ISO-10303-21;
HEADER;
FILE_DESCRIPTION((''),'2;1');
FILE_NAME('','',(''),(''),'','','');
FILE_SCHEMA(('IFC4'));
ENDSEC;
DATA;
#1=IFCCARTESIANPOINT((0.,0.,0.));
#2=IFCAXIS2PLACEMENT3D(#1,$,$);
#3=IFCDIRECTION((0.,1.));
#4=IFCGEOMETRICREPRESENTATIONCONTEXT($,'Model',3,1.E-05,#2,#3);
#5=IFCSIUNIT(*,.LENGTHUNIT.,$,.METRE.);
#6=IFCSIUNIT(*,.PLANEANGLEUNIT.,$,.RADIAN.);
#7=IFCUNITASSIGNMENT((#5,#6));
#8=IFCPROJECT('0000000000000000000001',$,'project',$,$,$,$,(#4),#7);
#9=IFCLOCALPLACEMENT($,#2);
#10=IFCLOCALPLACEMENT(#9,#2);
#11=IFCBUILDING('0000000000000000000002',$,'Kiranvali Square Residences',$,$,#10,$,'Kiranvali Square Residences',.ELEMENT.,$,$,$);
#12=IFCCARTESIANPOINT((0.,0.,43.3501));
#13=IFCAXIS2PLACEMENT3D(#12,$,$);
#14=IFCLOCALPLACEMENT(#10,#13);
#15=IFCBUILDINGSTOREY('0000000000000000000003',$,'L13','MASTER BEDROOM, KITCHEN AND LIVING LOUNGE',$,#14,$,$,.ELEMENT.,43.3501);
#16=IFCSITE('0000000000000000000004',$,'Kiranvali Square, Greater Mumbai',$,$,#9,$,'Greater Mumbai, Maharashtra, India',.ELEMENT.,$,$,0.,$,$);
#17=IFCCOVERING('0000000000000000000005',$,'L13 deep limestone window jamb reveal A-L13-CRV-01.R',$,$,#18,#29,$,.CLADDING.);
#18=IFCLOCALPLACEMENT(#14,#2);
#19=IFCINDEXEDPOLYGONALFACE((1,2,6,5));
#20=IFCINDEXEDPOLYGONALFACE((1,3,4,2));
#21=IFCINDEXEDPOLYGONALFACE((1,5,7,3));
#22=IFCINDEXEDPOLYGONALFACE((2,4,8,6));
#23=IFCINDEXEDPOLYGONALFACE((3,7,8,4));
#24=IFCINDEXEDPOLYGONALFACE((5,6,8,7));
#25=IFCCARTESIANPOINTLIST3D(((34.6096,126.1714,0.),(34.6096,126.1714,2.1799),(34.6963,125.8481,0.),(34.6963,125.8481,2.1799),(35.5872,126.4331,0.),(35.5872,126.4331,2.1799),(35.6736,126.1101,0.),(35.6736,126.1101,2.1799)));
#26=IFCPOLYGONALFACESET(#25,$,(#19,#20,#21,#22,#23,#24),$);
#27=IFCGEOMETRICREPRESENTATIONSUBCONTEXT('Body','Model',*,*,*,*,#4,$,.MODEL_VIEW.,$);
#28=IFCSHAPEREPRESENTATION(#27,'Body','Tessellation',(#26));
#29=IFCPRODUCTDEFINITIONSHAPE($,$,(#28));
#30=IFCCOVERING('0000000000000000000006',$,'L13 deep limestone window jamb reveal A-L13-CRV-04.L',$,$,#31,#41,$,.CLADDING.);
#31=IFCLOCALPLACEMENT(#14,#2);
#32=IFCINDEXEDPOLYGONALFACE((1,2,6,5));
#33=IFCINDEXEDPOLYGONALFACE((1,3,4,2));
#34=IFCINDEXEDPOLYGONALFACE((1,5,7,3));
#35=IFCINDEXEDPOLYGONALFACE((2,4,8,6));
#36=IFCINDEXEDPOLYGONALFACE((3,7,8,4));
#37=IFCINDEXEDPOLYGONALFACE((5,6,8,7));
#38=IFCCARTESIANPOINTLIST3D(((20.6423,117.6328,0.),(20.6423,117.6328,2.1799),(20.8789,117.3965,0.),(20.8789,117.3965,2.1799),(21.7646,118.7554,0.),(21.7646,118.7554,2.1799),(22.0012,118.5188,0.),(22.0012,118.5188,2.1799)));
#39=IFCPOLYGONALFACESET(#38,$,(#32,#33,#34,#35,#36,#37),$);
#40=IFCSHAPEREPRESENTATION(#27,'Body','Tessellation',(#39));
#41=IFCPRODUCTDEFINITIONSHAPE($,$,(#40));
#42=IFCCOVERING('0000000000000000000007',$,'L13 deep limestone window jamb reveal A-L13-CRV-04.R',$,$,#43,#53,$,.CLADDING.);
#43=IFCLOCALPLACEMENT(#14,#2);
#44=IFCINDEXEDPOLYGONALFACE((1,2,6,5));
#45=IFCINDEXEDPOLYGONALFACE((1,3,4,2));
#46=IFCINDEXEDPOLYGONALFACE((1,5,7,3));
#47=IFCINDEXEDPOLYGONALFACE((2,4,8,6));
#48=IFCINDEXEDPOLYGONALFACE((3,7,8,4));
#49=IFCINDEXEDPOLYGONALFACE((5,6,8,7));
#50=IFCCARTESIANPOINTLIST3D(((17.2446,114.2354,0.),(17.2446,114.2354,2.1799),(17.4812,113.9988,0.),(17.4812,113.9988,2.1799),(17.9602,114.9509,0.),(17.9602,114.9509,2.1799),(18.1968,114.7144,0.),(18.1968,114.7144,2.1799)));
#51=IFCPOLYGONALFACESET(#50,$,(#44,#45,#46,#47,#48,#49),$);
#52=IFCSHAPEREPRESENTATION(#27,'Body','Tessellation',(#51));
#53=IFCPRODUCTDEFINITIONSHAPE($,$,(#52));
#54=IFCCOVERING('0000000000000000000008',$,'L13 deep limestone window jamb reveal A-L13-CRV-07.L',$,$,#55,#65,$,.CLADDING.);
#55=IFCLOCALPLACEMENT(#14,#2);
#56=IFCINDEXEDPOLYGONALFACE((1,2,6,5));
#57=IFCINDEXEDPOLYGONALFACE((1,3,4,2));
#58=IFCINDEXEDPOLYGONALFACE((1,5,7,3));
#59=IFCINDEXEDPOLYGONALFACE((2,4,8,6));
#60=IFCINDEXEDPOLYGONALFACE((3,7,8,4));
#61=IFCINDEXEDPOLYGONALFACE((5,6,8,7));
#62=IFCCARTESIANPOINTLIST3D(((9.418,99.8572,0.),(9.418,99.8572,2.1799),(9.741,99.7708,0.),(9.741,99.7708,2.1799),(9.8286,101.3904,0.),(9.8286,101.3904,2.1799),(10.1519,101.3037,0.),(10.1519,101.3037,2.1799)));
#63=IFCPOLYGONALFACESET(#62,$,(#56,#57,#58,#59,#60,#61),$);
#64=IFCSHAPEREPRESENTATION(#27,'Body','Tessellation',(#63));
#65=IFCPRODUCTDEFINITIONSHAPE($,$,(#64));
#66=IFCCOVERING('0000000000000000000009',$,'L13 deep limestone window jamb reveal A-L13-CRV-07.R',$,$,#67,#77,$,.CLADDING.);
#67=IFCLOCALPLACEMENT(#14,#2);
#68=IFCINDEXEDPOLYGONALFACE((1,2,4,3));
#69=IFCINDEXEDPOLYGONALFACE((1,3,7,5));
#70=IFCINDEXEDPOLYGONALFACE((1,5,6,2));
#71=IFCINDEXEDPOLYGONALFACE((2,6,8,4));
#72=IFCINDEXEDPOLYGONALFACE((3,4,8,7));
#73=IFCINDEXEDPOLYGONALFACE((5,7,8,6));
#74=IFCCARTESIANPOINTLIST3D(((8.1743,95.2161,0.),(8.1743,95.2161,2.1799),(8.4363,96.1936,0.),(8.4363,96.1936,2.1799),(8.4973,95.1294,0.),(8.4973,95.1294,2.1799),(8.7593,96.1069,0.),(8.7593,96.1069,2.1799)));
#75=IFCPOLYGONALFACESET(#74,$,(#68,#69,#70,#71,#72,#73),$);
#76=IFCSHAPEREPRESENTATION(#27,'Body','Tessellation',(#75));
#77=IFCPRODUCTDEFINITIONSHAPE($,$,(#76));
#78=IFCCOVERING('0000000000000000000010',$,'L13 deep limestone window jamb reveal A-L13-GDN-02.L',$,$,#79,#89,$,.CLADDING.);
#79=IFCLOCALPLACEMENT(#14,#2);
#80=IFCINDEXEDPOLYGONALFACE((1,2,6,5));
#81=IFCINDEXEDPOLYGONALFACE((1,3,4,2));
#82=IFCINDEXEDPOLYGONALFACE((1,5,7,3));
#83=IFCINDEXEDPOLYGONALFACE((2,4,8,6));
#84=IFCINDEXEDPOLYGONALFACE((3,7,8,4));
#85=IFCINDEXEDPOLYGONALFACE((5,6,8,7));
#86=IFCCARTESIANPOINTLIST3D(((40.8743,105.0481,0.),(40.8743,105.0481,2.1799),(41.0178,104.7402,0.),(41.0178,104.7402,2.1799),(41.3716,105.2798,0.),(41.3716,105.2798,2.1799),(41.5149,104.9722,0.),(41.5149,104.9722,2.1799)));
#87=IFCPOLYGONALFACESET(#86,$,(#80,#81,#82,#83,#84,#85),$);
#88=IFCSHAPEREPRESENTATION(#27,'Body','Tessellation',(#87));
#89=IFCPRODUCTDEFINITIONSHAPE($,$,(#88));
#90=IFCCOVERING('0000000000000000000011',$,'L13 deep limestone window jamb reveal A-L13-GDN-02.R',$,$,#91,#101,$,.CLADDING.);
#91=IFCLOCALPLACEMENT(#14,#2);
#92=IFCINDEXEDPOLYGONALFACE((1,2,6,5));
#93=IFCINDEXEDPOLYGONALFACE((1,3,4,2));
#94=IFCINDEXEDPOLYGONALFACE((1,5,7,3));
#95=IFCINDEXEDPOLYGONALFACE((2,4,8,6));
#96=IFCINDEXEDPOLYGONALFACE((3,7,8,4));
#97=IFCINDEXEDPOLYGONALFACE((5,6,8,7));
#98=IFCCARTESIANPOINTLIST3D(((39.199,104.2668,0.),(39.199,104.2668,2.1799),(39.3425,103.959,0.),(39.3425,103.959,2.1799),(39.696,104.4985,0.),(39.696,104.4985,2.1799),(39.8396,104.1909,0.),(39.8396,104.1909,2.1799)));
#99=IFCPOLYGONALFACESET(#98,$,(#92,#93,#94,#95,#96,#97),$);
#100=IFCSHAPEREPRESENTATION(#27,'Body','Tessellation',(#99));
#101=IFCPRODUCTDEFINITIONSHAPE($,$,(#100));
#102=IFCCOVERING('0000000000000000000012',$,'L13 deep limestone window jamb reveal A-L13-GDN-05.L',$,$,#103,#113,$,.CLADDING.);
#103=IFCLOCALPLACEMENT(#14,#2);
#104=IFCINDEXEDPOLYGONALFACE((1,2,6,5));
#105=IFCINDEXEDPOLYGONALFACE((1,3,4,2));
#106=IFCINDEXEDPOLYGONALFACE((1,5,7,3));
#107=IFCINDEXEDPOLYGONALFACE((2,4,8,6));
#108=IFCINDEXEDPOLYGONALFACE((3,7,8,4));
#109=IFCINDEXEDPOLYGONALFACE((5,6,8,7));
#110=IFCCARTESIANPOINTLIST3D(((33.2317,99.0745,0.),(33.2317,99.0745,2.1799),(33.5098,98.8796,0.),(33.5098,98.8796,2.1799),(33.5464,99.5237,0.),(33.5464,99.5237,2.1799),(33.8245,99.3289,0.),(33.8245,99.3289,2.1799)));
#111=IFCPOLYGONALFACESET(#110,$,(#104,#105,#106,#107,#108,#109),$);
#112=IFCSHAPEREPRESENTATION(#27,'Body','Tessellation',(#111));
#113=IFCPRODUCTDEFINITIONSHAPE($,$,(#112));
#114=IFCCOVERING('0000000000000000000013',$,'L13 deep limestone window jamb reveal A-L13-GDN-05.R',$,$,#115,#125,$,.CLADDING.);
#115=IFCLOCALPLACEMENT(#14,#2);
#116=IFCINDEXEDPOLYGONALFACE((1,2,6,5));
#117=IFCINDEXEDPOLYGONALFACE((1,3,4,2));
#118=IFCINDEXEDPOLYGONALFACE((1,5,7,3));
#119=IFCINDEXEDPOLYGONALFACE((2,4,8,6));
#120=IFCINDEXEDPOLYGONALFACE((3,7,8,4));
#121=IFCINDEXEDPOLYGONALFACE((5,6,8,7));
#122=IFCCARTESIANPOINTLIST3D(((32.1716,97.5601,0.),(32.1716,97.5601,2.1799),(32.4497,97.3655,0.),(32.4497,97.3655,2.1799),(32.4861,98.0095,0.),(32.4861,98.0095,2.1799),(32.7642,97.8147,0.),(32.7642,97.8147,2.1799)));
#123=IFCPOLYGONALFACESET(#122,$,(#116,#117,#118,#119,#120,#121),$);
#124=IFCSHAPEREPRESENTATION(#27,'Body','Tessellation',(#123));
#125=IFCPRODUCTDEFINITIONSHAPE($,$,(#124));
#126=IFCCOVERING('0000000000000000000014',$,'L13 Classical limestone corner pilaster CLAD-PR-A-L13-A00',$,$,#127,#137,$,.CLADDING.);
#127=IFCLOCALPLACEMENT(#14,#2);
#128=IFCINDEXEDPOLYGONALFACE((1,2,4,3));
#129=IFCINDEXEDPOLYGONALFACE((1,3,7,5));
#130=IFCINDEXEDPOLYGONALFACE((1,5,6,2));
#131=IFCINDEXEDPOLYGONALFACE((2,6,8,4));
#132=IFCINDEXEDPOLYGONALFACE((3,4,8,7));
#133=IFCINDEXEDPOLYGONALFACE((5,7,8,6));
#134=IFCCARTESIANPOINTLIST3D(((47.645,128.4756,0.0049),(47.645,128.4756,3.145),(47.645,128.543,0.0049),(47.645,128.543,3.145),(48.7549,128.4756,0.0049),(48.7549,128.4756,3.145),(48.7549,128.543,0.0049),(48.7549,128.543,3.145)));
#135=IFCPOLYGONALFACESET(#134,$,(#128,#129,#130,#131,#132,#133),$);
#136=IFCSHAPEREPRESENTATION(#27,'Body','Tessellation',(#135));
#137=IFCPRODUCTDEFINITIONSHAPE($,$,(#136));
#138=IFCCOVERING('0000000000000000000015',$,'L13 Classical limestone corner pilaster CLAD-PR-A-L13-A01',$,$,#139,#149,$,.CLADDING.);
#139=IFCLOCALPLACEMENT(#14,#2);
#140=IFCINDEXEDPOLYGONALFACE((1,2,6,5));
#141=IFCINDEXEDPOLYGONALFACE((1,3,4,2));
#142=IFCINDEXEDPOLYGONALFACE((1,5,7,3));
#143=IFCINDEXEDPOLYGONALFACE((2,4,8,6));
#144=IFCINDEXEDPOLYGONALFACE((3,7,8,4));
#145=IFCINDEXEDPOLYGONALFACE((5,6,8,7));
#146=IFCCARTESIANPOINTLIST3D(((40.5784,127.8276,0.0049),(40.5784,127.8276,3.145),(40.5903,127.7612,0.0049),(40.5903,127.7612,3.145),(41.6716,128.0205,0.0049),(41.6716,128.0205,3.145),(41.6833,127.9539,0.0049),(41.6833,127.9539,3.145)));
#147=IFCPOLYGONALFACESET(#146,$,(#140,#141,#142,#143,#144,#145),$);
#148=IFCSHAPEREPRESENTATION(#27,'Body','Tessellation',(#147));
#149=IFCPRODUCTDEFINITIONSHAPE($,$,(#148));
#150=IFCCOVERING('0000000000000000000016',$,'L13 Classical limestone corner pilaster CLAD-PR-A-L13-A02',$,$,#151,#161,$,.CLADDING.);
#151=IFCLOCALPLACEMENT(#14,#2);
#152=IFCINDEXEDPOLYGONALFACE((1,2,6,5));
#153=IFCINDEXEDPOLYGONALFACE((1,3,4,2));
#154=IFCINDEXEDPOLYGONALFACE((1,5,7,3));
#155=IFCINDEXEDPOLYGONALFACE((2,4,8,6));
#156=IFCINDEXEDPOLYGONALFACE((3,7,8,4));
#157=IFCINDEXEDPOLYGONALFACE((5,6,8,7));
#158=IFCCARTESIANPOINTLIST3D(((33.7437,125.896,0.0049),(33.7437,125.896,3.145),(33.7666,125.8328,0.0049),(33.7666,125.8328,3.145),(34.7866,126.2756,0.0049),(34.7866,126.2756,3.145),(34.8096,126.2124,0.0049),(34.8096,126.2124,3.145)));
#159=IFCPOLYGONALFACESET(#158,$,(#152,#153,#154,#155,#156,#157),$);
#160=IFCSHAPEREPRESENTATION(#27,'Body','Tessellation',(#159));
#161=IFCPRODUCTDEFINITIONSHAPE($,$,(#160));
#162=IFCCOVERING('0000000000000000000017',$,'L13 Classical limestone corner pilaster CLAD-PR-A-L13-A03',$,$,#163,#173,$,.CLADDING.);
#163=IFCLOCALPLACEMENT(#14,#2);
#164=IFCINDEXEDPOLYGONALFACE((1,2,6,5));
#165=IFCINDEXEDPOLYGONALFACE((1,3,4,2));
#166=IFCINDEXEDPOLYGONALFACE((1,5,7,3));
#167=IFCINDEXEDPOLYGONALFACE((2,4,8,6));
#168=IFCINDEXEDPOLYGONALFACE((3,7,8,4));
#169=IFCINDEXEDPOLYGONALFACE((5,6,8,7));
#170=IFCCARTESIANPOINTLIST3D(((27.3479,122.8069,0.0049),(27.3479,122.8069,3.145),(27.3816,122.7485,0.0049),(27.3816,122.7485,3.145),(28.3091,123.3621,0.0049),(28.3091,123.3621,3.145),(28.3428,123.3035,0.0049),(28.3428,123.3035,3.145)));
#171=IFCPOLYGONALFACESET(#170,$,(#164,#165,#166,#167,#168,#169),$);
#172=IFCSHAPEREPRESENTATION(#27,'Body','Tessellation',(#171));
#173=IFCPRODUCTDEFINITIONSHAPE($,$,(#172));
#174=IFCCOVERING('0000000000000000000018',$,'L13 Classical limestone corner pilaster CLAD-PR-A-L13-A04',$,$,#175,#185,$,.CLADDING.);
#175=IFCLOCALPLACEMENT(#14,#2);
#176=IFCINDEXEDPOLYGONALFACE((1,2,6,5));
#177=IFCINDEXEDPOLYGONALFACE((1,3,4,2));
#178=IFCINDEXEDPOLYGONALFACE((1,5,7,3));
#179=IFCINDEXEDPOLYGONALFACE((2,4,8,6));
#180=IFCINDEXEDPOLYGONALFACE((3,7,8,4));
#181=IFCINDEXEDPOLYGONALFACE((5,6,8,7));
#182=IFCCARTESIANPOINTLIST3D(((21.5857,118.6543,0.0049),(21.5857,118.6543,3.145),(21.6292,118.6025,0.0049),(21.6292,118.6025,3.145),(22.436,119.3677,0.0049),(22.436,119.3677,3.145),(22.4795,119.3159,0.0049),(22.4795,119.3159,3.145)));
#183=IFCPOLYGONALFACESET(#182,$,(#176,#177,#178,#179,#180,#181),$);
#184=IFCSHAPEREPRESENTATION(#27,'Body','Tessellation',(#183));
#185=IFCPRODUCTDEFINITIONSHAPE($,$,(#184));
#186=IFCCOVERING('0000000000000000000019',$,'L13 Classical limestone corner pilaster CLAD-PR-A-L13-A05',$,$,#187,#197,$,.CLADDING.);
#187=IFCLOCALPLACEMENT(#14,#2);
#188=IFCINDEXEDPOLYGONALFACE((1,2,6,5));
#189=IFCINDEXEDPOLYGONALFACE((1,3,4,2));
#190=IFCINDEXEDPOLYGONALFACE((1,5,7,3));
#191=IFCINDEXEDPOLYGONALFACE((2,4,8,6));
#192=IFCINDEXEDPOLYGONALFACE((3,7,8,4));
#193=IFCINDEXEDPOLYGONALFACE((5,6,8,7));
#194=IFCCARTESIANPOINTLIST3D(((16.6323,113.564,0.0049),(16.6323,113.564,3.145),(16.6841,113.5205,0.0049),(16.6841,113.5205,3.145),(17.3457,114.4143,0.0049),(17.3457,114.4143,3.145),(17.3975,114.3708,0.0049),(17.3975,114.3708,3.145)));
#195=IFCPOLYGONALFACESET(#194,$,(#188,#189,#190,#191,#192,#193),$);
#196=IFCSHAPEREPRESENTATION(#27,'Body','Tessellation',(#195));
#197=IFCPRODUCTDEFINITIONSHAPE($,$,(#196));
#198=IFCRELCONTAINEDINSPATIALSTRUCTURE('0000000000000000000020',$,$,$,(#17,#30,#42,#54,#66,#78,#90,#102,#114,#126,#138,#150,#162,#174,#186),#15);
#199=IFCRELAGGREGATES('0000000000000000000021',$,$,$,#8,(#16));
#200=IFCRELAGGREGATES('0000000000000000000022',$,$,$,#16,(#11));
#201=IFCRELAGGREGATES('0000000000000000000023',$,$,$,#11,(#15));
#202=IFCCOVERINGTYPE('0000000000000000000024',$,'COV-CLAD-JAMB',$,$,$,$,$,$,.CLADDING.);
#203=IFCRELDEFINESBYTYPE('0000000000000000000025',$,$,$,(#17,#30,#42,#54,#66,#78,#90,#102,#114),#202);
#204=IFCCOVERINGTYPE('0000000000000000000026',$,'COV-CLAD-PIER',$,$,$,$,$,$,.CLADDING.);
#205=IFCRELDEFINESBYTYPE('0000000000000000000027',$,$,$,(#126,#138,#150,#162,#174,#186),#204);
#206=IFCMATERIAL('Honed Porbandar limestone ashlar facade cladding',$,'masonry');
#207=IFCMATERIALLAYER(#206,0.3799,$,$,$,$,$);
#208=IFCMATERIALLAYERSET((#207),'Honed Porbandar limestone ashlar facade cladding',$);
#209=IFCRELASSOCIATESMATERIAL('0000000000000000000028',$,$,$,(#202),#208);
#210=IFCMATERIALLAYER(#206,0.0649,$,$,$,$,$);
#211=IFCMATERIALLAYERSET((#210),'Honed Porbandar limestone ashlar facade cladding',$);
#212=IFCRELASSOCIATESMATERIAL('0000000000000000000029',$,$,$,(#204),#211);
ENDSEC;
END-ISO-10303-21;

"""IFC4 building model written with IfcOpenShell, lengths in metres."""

from ifc_helpers import new_model, si_unit, direction, frame, origin, place, context, subcontext, project, spatial, polyline, outline, extrude, material, layer, layer_set, type_object, element, save


model = new_model("IFC4")

# Units and contexts
model_context = context("Model", 3, precision=1e-05, world=origin(), true_north=direction((0.0, 1.0)))
body_context = subcontext(model_context, "Body", "Model", "MODEL_VIEW")
ifc_project = project(units=[si_unit("LENGTHUNIT", "METRE"), si_unit("PLANEANGLEUNIT", "RADIAN")], contexts=[model_context])

# Site, building, storey
site_placement = place(None, origin())
site = spatial("IfcSite", under=ifc_project, at=site_placement, Name="Kiranvali Square, Greater Mumbai", LongName="Greater Mumbai, Maharashtra, India", CompositionType="ELEMENT", RefElevation=0.0)
building_placement = place(site_placement, origin())
building = spatial("IfcBuilding", under=site, at=building_placement, Name="Kiranvali Square Residences", LongName="Kiranvali Square Residences", CompositionType="ELEMENT")
storey_placement = place(building_placement, frame((0.0, 0.0, 43.3501)))
storey = spatial("IfcBuildingStorey", under=building, at=storey_placement, Name="L13", Description="MASTER BEDROOM, KITCHEN AND LIVING LOUNGE", CompositionType="ELEMENT", Elevation=43.3501)

# Coverings
ifc_material_1 = material(Name="Honed Porbandar limestone ashlar facade cladding", Category="masonry")
ifc_layer_1 = layer(ifc_material_1, 0.3799)
ifc_layer_set_1 = layer_set([ifc_layer_1], Name="Honed Porbandar limestone ashlar facade cladding")
covering_type_1 = type_object("IfcCoveringType", Name="COV-CLAD-JAMB", PredefinedType="CLADDING", material=ifc_layer_set_1)
covering_1_placement = place(storey_placement, origin())
element("IfcCovering", 1, at=covering_1_placement, inside=storey, type_object=covering_type_1, Name="L13 deep limestone window jamb reveal A-L13-CRV-01.R", PredefinedType="CLADDING", context=body_context, shape_type="SweptSolid", body=[
    extrude(outline(polyline([(35.5872, 126.4331), (34.6096, 126.1714), (34.6963, 125.8481), (35.6736, 126.1101), (35.5872, 126.4331)])), origin(), (0.0, 0.0, 1.0), 2.1799),
])
covering_2_placement = place(storey_placement, origin())
element("IfcCovering", 2, at=covering_2_placement, inside=storey, type_object=covering_type_1, Name="L13 deep limestone window jamb reveal A-L13-CRV-04.L", PredefinedType="CLADDING", context=body_context, shape_type="SweptSolid", body=[
    extrude(outline(polyline([(21.7646, 118.7554), (20.6423, 117.6328), (20.8789, 117.3965), (22.0012, 118.5188), (21.7646, 118.7554)])), origin(), (0.0, 0.0, 1.0), 2.1799),
])
covering_3_placement = place(storey_placement, origin())
element("IfcCovering", 3, at=covering_3_placement, inside=storey, type_object=covering_type_1, Name="L13 deep limestone window jamb reveal A-L13-CRV-04.R", PredefinedType="CLADDING", context=body_context, shape_type="SweptSolid", body=[
    extrude(outline(polyline([(17.9602, 114.9509), (17.2446, 114.2354), (17.4812, 113.9988), (18.1968, 114.7144), (17.9602, 114.9509)])), origin(), (0.0, 0.0, 1.0), 2.1799),
])
covering_4_placement = place(storey_placement, origin())
element("IfcCovering", 4, at=covering_4_placement, inside=storey, type_object=covering_type_1, Name="L13 deep limestone window jamb reveal A-L13-CRV-07.L", PredefinedType="CLADDING", context=body_context, shape_type="SweptSolid", body=[
    extrude(outline(polyline([(9.8286, 101.3904), (9.418, 99.8572), (9.741, 99.7708), (10.1519, 101.3037), (9.8286, 101.3904)])), origin(), (0.0, 0.0, 1.0), 2.1799),
])
covering_5_placement = place(storey_placement, origin())
element("IfcCovering", 5, at=covering_5_placement, inside=storey, type_object=covering_type_1, Name="L13 deep limestone window jamb reveal A-L13-CRV-07.R", PredefinedType="CLADDING", context=body_context, shape_type="SweptSolid", body=[
    extrude(outline(polyline([(8.4363, 96.1936), (8.1743, 95.2161), (8.4973, 95.1294), (8.7593, 96.1069), (8.4363, 96.1936)])), origin(), (0.0, 0.0, 1.0), 2.1799),
])
covering_6_placement = place(storey_placement, origin())
element("IfcCovering", 6, at=covering_6_placement, inside=storey, type_object=covering_type_1, Name="L13 deep limestone window jamb reveal A-L13-GDN-02.L", PredefinedType="CLADDING", context=body_context, shape_type="SweptSolid", body=[
    extrude(outline(polyline([(41.3716, 105.2798), (40.8743, 105.0481), (41.0178, 104.7402), (41.5149, 104.9722), (41.3716, 105.2798)])), origin(), (0.0, 0.0, 1.0), 2.1799),
])
covering_7_placement = place(storey_placement, origin())
element("IfcCovering", 7, at=covering_7_placement, inside=storey, type_object=covering_type_1, Name="L13 deep limestone window jamb reveal A-L13-GDN-02.R", PredefinedType="CLADDING", context=body_context, shape_type="SweptSolid", body=[
    extrude(outline(polyline([(39.696, 104.4985), (39.199, 104.2668), (39.3425, 103.959), (39.8396, 104.1909), (39.696, 104.4985)])), origin(), (0.0, 0.0, 1.0), 2.1799),
])
covering_8_placement = place(storey_placement, origin())
element("IfcCovering", 8, at=covering_8_placement, inside=storey, type_object=covering_type_1, Name="L13 deep limestone window jamb reveal A-L13-GDN-05.L", PredefinedType="CLADDING", context=body_context, shape_type="SweptSolid", body=[
    extrude(outline(polyline([(33.5464, 99.5237), (33.2317, 99.0745), (33.5098, 98.8796), (33.8245, 99.3289), (33.5464, 99.5237)])), origin(), (0.0, 0.0, 1.0), 2.1799),
])
covering_9_placement = place(storey_placement, origin())
element("IfcCovering", 9, at=covering_9_placement, inside=storey, type_object=covering_type_1, Name="L13 deep limestone window jamb reveal A-L13-GDN-05.R", PredefinedType="CLADDING", context=body_context, shape_type="SweptSolid", body=[
    extrude(outline(polyline([(32.4861, 98.0095), (32.1716, 97.5601), (32.4497, 97.3655), (32.7642, 97.8147), (32.4861, 98.0095)])), origin(), (0.0, 0.0, 1.0), 2.1799),
])
ifc_layer_2 = layer(ifc_material_1, 0.0649)
ifc_layer_set_2 = layer_set([ifc_layer_2], Name="Honed Porbandar limestone ashlar facade cladding")
covering_type_2 = type_object("IfcCoveringType", Name="COV-CLAD-PIER", PredefinedType="CLADDING", material=ifc_layer_set_2)
covering_10_placement = place(storey_placement, frame((0.0, 0.0, 0.0049)))
element("IfcCovering", 10, at=covering_10_placement, inside=storey, type_object=covering_type_2, Name="L13 Classical limestone corner pilaster CLAD-PR-A-L13-A00", PredefinedType="CLADDING", context=body_context, shape_type="SweptSolid", body=[
    extrude(outline(polyline([(48.7549, 128.543), (47.645, 128.543), (47.645, 128.4756), (48.7549, 128.4756), (48.7549, 128.543)])), origin(), (0.0, 0.0, 1.0), 3.1401),
])
covering_11_placement = place(storey_placement, frame((0.0, 0.0, 0.0049)))
element("IfcCovering", 11, at=covering_11_placement, inside=storey, type_object=covering_type_2, Name="L13 Classical limestone corner pilaster CLAD-PR-A-L13-A01", PredefinedType="CLADDING", context=body_context, shape_type="SweptSolid", body=[
    extrude(outline(polyline([(41.6716, 128.0205), (40.5784, 127.8276), (40.5903, 127.7612), (41.6833, 127.9539), (41.6716, 128.0205)])), origin(), (0.0, 0.0, 1.0), 3.1401),
])
covering_12_placement = place(storey_placement, frame((0.0, 0.0, 0.0049)))
element("IfcCovering", 12, at=covering_12_placement, inside=storey, type_object=covering_type_2, Name="L13 Classical limestone corner pilaster CLAD-PR-A-L13-A02", PredefinedType="CLADDING", context=body_context, shape_type="SweptSolid", body=[
    extrude(outline(polyline([(34.7866, 126.2756), (33.7437, 125.896), (33.7666, 125.8328), (34.8096, 126.2124), (34.7866, 126.2756)])), origin(), (0.0, 0.0, 1.0), 3.1401),
])
covering_13_placement = place(storey_placement, frame((0.0, 0.0, 0.0049)))
element("IfcCovering", 13, at=covering_13_placement, inside=storey, type_object=covering_type_2, Name="L13 Classical limestone corner pilaster CLAD-PR-A-L13-A03", PredefinedType="CLADDING", context=body_context, shape_type="SweptSolid", body=[
    extrude(outline(polyline([(28.3091, 123.3621), (27.3479, 122.8069), (27.3816, 122.7485), (28.3428, 123.3035), (28.3091, 123.3621)])), origin(), (0.0, 0.0, 1.0), 3.1401),
])
covering_14_placement = place(storey_placement, frame((0.0, 0.0, 0.0049)))
element("IfcCovering", 14, at=covering_14_placement, inside=storey, type_object=covering_type_2, Name="L13 Classical limestone corner pilaster CLAD-PR-A-L13-A04", PredefinedType="CLADDING", context=body_context, shape_type="SweptSolid", body=[
    extrude(outline(polyline([(22.436, 119.3677), (21.5857, 118.6543), (21.6292, 118.6025), (22.4795, 119.3159), (22.436, 119.3677)])), origin(), (0.0, 0.0, 1.0), 3.1401),
])
covering_15_placement = place(storey_placement, frame((0.0, 0.0, 0.0049)))
element("IfcCovering", 15, at=covering_15_placement, inside=storey, type_object=covering_type_2, Name="L13 Classical limestone corner pilaster CLAD-PR-A-L13-A05", PredefinedType="CLADDING", context=body_context, shape_type="SweptSolid", body=[
    extrude(outline(polyline([(17.3457, 114.4143), (16.6323, 113.564), (16.6841, 113.5205), (17.3975, 114.3708), (17.3457, 114.4143)])), origin(), (0.0, 0.0, 1.0), 3.1401),
])

save(model, "model.ifc")
